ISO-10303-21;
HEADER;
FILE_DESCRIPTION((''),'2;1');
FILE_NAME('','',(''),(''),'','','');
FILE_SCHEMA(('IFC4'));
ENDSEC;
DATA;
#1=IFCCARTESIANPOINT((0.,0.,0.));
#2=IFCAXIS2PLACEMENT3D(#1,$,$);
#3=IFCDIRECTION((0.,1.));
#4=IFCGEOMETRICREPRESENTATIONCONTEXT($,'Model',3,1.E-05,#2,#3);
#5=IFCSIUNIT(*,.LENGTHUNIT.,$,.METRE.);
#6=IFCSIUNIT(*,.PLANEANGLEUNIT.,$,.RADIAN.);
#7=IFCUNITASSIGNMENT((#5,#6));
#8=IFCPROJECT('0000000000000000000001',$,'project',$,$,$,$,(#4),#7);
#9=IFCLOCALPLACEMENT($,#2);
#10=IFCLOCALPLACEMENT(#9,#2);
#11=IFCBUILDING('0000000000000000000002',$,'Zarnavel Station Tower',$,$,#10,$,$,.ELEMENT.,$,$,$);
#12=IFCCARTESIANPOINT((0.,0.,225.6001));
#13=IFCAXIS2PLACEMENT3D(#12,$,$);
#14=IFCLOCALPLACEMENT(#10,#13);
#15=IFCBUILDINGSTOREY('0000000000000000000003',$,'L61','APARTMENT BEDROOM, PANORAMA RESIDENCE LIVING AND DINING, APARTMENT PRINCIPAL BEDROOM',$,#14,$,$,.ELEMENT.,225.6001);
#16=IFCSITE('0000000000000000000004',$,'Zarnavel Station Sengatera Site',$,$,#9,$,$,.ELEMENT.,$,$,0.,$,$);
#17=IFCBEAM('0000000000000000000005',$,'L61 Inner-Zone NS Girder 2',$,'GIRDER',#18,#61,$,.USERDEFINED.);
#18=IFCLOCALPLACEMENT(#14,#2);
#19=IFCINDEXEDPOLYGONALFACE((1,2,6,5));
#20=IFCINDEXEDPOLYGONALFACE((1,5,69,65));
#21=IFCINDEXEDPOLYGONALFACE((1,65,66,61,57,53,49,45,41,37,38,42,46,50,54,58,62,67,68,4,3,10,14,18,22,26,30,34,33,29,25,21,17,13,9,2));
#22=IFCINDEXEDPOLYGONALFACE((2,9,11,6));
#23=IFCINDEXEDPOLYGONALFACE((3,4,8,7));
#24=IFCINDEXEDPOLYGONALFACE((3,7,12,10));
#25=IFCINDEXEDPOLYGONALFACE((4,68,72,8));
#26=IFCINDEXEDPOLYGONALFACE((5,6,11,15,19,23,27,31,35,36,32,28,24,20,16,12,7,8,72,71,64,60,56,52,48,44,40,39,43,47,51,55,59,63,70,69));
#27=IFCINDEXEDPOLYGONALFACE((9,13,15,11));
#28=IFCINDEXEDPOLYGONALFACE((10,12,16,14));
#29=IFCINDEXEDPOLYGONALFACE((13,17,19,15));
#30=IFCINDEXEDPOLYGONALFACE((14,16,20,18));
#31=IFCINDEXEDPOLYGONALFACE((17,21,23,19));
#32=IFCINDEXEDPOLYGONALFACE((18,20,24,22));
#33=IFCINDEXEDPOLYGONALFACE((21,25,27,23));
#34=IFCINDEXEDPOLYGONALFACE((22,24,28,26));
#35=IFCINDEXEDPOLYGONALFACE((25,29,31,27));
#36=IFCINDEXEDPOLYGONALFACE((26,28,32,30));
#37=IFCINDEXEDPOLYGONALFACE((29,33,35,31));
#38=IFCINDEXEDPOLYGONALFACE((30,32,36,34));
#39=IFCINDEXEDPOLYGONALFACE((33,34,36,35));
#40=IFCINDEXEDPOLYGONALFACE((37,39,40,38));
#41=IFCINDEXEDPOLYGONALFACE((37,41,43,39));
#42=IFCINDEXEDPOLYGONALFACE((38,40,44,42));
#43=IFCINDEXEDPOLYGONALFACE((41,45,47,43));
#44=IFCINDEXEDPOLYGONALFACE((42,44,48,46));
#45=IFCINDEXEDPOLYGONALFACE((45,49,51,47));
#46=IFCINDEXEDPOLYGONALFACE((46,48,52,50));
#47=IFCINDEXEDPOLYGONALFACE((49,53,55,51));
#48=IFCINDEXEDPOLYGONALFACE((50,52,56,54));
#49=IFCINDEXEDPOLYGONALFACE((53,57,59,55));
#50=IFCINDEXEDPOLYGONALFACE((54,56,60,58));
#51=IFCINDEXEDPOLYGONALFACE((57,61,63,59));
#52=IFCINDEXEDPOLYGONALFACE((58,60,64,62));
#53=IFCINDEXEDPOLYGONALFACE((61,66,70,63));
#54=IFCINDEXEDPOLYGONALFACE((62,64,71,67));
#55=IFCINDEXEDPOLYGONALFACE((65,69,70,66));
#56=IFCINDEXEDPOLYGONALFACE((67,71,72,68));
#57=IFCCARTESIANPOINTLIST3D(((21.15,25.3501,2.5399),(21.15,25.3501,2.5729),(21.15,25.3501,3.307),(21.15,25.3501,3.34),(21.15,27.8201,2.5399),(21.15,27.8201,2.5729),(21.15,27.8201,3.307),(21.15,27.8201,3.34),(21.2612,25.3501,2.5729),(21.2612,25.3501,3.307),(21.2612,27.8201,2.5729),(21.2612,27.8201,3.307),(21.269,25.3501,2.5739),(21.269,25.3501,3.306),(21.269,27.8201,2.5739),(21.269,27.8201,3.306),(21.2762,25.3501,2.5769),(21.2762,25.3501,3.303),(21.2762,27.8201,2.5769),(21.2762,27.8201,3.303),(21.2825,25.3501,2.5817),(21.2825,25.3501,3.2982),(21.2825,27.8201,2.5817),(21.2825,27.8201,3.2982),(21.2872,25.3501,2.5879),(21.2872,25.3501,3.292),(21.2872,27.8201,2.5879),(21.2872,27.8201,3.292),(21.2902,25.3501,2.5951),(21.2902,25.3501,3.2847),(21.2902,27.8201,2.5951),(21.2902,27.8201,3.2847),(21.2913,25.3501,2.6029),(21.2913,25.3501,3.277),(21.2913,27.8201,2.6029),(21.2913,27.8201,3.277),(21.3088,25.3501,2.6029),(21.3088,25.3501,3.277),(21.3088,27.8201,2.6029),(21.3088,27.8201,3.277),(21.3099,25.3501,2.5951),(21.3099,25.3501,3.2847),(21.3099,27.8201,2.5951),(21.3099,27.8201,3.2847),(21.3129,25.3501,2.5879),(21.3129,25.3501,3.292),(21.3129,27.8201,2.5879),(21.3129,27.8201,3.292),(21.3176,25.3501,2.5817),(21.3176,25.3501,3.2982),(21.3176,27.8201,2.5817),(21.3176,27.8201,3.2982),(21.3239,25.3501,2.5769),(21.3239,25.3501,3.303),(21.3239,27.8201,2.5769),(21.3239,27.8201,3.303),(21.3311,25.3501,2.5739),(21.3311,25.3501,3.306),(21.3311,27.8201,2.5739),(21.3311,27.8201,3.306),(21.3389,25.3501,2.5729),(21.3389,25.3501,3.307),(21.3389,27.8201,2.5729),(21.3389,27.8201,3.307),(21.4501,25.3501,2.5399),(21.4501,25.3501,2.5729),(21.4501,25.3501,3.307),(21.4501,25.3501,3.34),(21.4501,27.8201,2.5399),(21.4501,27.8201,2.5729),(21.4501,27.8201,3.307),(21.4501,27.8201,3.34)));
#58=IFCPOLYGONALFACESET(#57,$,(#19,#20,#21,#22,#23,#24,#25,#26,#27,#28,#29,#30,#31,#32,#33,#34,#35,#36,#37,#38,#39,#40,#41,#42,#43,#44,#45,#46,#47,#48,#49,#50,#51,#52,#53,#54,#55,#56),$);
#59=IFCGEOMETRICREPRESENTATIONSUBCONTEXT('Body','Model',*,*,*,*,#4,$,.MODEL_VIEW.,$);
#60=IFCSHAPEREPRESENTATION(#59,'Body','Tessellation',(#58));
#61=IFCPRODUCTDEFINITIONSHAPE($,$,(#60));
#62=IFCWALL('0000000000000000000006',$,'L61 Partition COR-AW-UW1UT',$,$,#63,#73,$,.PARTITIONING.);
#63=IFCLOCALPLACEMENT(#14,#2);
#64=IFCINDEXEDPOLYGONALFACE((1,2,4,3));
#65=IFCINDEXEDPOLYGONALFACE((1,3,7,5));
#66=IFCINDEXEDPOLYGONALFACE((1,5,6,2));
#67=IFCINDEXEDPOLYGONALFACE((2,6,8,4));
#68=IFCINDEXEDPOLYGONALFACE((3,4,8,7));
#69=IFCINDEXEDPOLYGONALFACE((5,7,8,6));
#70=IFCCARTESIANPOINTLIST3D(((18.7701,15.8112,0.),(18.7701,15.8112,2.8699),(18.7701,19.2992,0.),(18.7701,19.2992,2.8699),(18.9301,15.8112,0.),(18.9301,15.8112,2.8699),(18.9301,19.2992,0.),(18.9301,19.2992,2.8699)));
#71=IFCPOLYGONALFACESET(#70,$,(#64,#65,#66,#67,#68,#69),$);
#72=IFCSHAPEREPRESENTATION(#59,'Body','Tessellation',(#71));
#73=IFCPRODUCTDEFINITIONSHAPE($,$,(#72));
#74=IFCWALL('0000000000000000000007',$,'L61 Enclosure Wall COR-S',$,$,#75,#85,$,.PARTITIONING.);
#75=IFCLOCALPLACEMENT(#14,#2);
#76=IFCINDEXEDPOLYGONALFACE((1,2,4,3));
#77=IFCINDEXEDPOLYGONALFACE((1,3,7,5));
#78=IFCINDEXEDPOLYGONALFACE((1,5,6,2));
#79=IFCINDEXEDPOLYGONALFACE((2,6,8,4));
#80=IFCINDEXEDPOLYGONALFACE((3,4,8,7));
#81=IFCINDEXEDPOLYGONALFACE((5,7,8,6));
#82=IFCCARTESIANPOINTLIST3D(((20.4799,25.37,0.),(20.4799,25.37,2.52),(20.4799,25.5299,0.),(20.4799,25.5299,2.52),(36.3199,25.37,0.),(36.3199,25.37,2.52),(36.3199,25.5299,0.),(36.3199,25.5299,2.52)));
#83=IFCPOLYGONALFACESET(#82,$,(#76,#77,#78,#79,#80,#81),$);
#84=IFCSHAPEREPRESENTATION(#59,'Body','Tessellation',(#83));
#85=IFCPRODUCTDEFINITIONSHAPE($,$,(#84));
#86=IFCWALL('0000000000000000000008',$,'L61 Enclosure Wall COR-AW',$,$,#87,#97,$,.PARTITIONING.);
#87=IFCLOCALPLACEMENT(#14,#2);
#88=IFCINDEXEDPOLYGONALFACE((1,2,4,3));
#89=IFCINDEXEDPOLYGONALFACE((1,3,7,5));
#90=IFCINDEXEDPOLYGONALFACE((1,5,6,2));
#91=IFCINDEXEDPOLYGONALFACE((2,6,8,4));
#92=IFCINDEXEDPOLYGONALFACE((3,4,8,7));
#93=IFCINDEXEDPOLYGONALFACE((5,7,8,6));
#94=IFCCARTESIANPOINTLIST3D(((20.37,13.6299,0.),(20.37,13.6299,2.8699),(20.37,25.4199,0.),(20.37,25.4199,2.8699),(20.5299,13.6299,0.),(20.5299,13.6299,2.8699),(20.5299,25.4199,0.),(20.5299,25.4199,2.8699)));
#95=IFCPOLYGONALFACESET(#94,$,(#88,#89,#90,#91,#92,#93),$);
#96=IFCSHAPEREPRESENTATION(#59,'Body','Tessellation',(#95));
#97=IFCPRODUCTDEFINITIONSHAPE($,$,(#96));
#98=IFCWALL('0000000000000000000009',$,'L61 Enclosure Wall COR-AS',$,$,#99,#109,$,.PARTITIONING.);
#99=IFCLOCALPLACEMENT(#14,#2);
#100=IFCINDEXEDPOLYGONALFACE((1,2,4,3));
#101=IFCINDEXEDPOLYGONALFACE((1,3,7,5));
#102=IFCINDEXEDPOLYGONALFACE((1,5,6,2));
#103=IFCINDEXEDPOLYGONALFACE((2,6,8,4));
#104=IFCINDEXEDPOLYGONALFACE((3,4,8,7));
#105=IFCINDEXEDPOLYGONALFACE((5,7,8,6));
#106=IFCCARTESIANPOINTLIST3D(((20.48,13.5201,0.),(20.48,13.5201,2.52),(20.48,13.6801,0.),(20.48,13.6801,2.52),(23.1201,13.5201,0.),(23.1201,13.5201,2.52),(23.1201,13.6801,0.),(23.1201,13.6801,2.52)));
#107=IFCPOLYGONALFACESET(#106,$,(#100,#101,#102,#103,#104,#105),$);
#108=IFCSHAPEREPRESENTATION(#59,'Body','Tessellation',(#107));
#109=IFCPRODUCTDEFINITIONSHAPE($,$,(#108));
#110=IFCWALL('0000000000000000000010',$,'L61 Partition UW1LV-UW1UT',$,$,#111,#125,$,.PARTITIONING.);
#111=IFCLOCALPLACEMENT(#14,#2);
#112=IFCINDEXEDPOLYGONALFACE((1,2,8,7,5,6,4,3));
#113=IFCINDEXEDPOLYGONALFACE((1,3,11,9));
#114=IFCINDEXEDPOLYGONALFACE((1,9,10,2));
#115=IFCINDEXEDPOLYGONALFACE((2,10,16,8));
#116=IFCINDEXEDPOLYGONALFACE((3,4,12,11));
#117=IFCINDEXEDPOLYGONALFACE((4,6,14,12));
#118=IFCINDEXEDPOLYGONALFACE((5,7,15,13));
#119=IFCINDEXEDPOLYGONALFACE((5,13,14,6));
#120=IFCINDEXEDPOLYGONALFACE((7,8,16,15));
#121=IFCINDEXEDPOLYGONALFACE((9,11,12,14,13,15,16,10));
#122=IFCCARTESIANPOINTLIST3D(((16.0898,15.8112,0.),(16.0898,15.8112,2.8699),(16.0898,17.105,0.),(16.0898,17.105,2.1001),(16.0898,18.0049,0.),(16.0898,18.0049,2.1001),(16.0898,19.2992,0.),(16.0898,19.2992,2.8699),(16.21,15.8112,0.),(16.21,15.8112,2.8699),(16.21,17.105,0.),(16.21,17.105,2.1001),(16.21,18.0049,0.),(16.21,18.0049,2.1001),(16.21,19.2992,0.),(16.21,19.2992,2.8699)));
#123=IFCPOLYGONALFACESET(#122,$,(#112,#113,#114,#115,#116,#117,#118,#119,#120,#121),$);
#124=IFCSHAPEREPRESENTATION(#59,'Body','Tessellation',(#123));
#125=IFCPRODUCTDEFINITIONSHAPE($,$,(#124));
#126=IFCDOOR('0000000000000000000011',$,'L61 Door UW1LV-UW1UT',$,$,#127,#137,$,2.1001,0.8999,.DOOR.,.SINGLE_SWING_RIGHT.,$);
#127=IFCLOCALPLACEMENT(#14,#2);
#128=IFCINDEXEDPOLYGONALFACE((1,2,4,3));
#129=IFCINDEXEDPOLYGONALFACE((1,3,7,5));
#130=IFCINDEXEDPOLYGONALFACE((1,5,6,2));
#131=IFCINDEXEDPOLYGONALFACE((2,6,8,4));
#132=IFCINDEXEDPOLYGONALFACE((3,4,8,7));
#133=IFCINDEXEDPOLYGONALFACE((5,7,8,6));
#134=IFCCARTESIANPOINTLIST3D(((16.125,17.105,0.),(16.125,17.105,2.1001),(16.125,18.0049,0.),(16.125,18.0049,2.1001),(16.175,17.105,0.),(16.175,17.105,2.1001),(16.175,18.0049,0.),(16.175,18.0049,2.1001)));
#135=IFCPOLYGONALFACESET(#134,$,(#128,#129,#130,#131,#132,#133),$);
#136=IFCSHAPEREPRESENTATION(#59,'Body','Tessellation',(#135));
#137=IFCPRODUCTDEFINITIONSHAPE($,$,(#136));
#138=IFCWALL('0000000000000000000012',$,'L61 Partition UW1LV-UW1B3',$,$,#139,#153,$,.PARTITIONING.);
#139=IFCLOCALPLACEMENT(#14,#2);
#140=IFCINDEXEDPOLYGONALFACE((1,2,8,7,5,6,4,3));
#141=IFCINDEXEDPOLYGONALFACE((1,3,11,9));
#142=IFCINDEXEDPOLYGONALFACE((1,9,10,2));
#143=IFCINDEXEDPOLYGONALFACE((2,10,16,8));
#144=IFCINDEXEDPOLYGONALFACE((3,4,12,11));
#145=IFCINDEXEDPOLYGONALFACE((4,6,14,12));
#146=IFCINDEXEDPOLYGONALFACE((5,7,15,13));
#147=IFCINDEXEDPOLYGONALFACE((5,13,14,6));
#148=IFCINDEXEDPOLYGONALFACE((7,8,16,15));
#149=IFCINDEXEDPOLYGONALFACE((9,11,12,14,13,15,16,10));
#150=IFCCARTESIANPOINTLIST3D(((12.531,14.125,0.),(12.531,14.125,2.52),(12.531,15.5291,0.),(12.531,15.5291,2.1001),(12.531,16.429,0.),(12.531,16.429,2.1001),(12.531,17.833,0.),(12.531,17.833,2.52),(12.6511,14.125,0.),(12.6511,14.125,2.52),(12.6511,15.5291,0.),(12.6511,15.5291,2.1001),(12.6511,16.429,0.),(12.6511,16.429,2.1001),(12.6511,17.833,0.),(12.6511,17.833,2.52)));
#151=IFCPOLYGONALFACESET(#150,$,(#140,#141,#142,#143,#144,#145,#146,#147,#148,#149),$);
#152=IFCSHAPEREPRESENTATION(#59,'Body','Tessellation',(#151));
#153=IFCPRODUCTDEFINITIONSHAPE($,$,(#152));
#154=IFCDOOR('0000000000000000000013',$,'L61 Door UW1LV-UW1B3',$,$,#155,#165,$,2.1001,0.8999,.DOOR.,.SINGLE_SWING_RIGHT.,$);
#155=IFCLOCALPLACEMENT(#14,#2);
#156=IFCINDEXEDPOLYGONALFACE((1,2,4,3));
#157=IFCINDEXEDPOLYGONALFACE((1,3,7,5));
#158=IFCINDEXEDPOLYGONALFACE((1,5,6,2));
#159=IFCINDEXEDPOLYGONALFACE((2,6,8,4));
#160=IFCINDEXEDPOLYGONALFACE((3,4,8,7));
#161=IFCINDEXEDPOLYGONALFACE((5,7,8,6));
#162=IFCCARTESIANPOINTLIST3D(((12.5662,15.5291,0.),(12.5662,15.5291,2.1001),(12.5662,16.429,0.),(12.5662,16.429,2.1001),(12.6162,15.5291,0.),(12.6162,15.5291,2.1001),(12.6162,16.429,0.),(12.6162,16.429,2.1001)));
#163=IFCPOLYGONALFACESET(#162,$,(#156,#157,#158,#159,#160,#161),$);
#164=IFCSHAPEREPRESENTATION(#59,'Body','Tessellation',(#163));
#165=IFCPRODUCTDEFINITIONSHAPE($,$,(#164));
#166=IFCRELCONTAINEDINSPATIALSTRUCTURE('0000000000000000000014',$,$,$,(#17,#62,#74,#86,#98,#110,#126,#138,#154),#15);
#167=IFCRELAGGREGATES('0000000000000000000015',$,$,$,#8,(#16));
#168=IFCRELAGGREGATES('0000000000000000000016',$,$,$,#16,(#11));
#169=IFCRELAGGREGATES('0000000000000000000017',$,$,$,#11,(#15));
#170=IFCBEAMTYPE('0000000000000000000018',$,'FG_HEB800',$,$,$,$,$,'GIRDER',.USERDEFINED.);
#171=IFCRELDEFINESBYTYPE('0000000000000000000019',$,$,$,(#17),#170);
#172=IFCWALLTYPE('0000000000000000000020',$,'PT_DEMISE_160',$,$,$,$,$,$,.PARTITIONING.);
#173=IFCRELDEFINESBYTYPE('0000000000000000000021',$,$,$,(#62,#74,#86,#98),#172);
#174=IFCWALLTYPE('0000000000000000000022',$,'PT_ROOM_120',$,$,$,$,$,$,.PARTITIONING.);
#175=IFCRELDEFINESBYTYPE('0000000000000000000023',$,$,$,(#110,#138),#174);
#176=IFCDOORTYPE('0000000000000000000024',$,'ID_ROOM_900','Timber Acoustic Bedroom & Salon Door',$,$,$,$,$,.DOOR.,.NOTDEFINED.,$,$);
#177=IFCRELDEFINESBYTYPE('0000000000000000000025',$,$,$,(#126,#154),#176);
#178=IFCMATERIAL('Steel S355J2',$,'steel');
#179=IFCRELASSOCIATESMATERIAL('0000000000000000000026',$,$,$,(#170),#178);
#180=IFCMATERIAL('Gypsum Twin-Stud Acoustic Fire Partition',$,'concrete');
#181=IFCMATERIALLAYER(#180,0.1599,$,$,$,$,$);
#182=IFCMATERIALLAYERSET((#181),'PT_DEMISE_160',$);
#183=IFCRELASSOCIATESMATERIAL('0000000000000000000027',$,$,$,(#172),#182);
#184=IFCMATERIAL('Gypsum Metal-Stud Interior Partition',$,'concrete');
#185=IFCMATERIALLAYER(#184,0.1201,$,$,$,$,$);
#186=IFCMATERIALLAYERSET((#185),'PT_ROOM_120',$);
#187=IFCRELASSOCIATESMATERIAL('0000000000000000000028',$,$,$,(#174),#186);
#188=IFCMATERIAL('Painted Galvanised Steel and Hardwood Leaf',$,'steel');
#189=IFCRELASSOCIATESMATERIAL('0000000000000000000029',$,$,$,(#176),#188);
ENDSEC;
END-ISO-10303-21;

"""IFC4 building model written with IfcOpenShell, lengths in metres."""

from ifc_helpers import new_model, si_unit, direction, frame, frame_2d, origin, origin_2d, place, context, subcontext, project, spatial, rectangle, i_section, extrude, material, layer, layer_set, material_profile, profile_set, type_object, element, fill, save


model = new_model("IFC4")

# Units and contexts
model_context = context("Model", 3, precision=1e-05, world=origin(), true_north=direction((0.0, 1.0)))
body_context = subcontext(model_context, "Body", "Model", "MODEL_VIEW")
ifc_project = project(units=[si_unit("LENGTHUNIT", "METRE"), si_unit("PLANEANGLEUNIT", "RADIAN")], contexts=[model_context])

# Site, building, storey
site_placement = place(None, origin())
site = spatial("IfcSite", under=ifc_project, at=site_placement, Name="Zarnavel Station Sengatera Site", CompositionType="ELEMENT", RefElevation=0.0)
building_placement = place(site_placement, origin())
building = spatial("IfcBuilding", under=site, at=building_placement, Name="Zarnavel Station Tower", CompositionType="ELEMENT")
storey_placement = place(building_placement, frame((0.0, 0.0, 225.6001)))
storey = spatial("IfcBuildingStorey", under=building, at=storey_placement, Name="L61", Description="APARTMENT BEDROOM, PANORAMA RESIDENCE LIVING AND DINING, APARTMENT PRINCIPAL BEDROOM", CompositionType="ELEMENT", Elevation=225.6001)

# Beam
ifc_material_1 = material(Name="Steel S355J2", Category="steel")
ifc_material_profile_1 = material_profile(ifc_material_1, i_section(OverallWidth=0.3, OverallDepth=0.8, WebThickness=0.0176, FlangeThickness=0.033, FilletRadius=0.03, at=origin_2d()), Name="HEB800")
ifc_profile_set_1 = profile_set([ifc_material_profile_1], Name="Steel S355J2")
beam_type_1 = type_object("IfcBeamType", Name="FG_HEB800", ElementType="GIRDER", PredefinedType="USERDEFINED", material=ifc_profile_set_1)
beam_1_placement = place(storey_placement, frame((21.3, 25.3501, 2.9399), z_axis=(0.0, 1.0, 0.0), x_axis=(-1.0, 0.0, 0.0)))
element("IfcBeam", 1, at=beam_1_placement, inside=storey, type_object=beam_type_1, Name="L61 Inner-Zone NS Girder 2", ObjectType="GIRDER", PredefinedType="USERDEFINED", context=body_context, shape_type="SweptSolid", body=[
    extrude(i_section(OverallWidth=0.3, OverallDepth=0.8, WebThickness=0.0176, FlangeThickness=0.033, FilletRadius=0.03, at=origin_2d()), origin(), (0.0, 0.0, 1.0), 2.47),
])

# Shared definitions
ifc_material_2 = material(Name="Gypsum Twin-Stud Acoustic Fire Partition", Category="concrete")
ifc_layer_1 = layer(ifc_material_2, 0.1599)
ifc_layer_set_1 = layer_set([ifc_layer_1], Name="PT_DEMISE_160")
wall_type_1 = type_object("IfcWallType", Name="PT_DEMISE_160", PredefinedType="PARTITIONING", material=ifc_layer_set_1)

# Walls
wall_1_placement = place(storey_placement, frame((18.8501, 15.811, 0.0), z_axis=(0.0, 0.0, 1.0), x_axis=(0.0, 1.0, 0.0)))
element("IfcWall", 2, at=wall_1_placement, inside=storey, type_object=wall_type_1, Name="L61 Partition COR-AW-UW1UT", PredefinedType="PARTITIONING", context=body_context, shape_type="SweptSolid", body=[
    extrude(rectangle(XDim=3.488, YDim=0.1599, at=frame_2d((1.7441, 0.0))), origin(), (0.0, 0.0, 1.0), 2.8699),
])
wall_2_placement = place(storey_placement, frame((20.48, 25.45, 0.0), z_axis=(0.0, 0.0, 1.0), x_axis=(1.0, 0.0, 0.0)))
element("IfcWall", 3, at=wall_2_placement, inside=storey, type_object=wall_type_1, Name="L61 Enclosure Wall COR-S", PredefinedType="PARTITIONING", context=body_context, shape_type="SweptSolid", body=[
    extrude(rectangle(XDim=15.8401, YDim=0.1599, at=frame_2d((7.9199, 0.0))), origin(), (0.0, 0.0, 1.0), 2.52),
])
wall_3_placement = place(storey_placement, frame((20.45, 13.6299, 0.0), z_axis=(0.0, 0.0, 1.0), x_axis=(0.0, 1.0, 0.0)))
element("IfcWall", 4, at=wall_3_placement, inside=storey, type_object=wall_type_1, Name="L61 Enclosure Wall COR-AW", PredefinedType="PARTITIONING", context=body_context, shape_type="SweptSolid", body=[
    extrude(rectangle(XDim=11.79, YDim=0.1599, at=frame_2d((5.895, 0.0))), origin(), (0.0, 0.0, 1.0), 2.8699),
])
wall_4_placement = place(storey_placement, frame((20.48, 13.6001, 0.0), z_axis=(0.0, 0.0, 1.0), x_axis=(1.0, 0.0, 0.0)))
element("IfcWall", 5, at=wall_4_placement, inside=storey, type_object=wall_type_1, Name="L61 Enclosure Wall COR-AS", PredefinedType="PARTITIONING", context=body_context, shape_type="SweptSolid", body=[
    extrude(rectangle(XDim=2.6401, YDim=0.1599, at=frame_2d((1.3201, 0.0))), origin(), (0.0, 0.0, 1.0), 2.52),
])

# Walls, openings, doors
ifc_material_3 = material(Name="Gypsum Metal-Stud Interior Partition", Category="concrete")
ifc_layer_2 = layer(ifc_material_3, 0.1201)
ifc_layer_set_2 = layer_set([ifc_layer_2], Name="PT_ROOM_120")
wall_type_2 = type_object("IfcWallType", Name="PT_ROOM_120", PredefinedType="PARTITIONING", material=ifc_layer_set_2)
wall_5_placement = place(storey_placement, frame((16.1499, 15.811, 0.0), z_axis=(0.0, 0.0, 1.0), x_axis=(0.0, 1.0, 0.0)))
wall_5 = element("IfcWall", 6, at=wall_5_placement, inside=storey, type_object=wall_type_2, Name="L61 Partition UW1LV-UW1UT", PredefinedType="PARTITIONING", context=body_context, shape_type="SweptSolid", body=[
    extrude(rectangle(XDim=3.488, YDim=0.1201, at=frame_2d((1.7441, 0.0))), origin(), (0.0, 0.0, 1.0), 2.8699),
])
opening_1_placement = place(wall_5_placement, frame((1.2939, 0.0, 0.0)))
opening_1 = element("IfcOpeningElement", 7, at=opening_1_placement, cuts=wall_5, PredefinedType="OPENING", context=body_context, shape_type="SweptSolid", body=[
    extrude(rectangle(XDim=0.8999, YDim=2.1001, at=frame_2d((0.45, 1.05))), frame((0.0, 0.0701, 0.0), z_axis=(0.0, -1.0, 0.0), x_axis=(1.0, 0.0, 0.0)), (0.0, 0.0, 1.0), 0.1401),
])
ifc_material_4 = material(Name="Painted Galvanised Steel and Hardwood Leaf", Category="steel")
door_type_1 = type_object("IfcDoorType", Name="ID_ROOM_900", Description="Timber Acoustic Bedroom & Salon Door", OperationType="NOTDEFINED", PredefinedType="DOOR", material=ifc_material_4)
door_1_placement = place(opening_1_placement, origin())
door_1 = element("IfcDoor", 8, at=door_1_placement, inside=storey, type_object=door_type_1, Name="L61 Door UW1LV-UW1UT", OperationType="SINGLE_SWING_RIGHT", OverallHeight=2.1001, OverallWidth=0.8999, PredefinedType="DOOR", context=body_context, shape_type="SweptSolid", body=[
    extrude(rectangle(XDim=0.8999, YDim=2.1001, at=frame_2d((0.45, 1.05))), frame((0.0, 0.0249, 0.0), z_axis=(0.0, -1.0, 0.0), x_axis=(1.0, 0.0, 0.0)), (0.0, 0.0, 1.0), 0.05),
])
fill(opening_1, door_1)
wall_6_placement = place(storey_placement, frame((12.5911, 14.125, 0.0), z_axis=(0.0, 0.0, 1.0), x_axis=(0.0, 1.0, 0.0)))
wall_6 = element("IfcWall", 9, at=wall_6_placement, inside=storey, type_object=wall_type_2, Name="L61 Partition UW1LV-UW1B3", PredefinedType="PARTITIONING", context=body_context, shape_type="SweptSolid", body=[
    extrude(rectangle(XDim=3.708, YDim=0.1201, at=frame_2d((1.854, 0.0))), origin(), (0.0, 0.0, 1.0), 2.52),
])
opening_2_placement = place(wall_6_placement, frame((1.4041, 0.0, 0.0)))
opening_2 = element("IfcOpeningElement", 10, at=opening_2_placement, cuts=wall_6, PredefinedType="OPENING", context=body_context, shape_type="SweptSolid", body=[
    extrude(rectangle(XDim=0.8999, YDim=2.1001, at=frame_2d((0.45, 1.05))), frame((0.0, 0.0701, 0.0), z_axis=(0.0, -1.0, 0.0), x_axis=(1.0, 0.0, 0.0)), (0.0, 0.0, 1.0), 0.1401),
])
door_2_placement = place(opening_2_placement, origin())
door_2 = element("IfcDoor", 11, at=door_2_placement, inside=storey, type_object=door_type_1, Name="L61 Door UW1LV-UW1B3", OperationType="SINGLE_SWING_RIGHT", OverallHeight=2.1001, OverallWidth=0.8999, PredefinedType="DOOR", context=body_context, shape_type="SweptSolid", body=[
    extrude(rectangle(XDim=0.8999, YDim=2.1001, at=frame_2d((0.45, 1.05))), frame((0.0, 0.0249, 0.0), z_axis=(0.0, -1.0, 0.0), x_axis=(1.0, 0.0, 0.0)), (0.0, 0.0, 1.0), 0.05),
])
fill(opening_2, door_2)

save(model, "model.ifc")
